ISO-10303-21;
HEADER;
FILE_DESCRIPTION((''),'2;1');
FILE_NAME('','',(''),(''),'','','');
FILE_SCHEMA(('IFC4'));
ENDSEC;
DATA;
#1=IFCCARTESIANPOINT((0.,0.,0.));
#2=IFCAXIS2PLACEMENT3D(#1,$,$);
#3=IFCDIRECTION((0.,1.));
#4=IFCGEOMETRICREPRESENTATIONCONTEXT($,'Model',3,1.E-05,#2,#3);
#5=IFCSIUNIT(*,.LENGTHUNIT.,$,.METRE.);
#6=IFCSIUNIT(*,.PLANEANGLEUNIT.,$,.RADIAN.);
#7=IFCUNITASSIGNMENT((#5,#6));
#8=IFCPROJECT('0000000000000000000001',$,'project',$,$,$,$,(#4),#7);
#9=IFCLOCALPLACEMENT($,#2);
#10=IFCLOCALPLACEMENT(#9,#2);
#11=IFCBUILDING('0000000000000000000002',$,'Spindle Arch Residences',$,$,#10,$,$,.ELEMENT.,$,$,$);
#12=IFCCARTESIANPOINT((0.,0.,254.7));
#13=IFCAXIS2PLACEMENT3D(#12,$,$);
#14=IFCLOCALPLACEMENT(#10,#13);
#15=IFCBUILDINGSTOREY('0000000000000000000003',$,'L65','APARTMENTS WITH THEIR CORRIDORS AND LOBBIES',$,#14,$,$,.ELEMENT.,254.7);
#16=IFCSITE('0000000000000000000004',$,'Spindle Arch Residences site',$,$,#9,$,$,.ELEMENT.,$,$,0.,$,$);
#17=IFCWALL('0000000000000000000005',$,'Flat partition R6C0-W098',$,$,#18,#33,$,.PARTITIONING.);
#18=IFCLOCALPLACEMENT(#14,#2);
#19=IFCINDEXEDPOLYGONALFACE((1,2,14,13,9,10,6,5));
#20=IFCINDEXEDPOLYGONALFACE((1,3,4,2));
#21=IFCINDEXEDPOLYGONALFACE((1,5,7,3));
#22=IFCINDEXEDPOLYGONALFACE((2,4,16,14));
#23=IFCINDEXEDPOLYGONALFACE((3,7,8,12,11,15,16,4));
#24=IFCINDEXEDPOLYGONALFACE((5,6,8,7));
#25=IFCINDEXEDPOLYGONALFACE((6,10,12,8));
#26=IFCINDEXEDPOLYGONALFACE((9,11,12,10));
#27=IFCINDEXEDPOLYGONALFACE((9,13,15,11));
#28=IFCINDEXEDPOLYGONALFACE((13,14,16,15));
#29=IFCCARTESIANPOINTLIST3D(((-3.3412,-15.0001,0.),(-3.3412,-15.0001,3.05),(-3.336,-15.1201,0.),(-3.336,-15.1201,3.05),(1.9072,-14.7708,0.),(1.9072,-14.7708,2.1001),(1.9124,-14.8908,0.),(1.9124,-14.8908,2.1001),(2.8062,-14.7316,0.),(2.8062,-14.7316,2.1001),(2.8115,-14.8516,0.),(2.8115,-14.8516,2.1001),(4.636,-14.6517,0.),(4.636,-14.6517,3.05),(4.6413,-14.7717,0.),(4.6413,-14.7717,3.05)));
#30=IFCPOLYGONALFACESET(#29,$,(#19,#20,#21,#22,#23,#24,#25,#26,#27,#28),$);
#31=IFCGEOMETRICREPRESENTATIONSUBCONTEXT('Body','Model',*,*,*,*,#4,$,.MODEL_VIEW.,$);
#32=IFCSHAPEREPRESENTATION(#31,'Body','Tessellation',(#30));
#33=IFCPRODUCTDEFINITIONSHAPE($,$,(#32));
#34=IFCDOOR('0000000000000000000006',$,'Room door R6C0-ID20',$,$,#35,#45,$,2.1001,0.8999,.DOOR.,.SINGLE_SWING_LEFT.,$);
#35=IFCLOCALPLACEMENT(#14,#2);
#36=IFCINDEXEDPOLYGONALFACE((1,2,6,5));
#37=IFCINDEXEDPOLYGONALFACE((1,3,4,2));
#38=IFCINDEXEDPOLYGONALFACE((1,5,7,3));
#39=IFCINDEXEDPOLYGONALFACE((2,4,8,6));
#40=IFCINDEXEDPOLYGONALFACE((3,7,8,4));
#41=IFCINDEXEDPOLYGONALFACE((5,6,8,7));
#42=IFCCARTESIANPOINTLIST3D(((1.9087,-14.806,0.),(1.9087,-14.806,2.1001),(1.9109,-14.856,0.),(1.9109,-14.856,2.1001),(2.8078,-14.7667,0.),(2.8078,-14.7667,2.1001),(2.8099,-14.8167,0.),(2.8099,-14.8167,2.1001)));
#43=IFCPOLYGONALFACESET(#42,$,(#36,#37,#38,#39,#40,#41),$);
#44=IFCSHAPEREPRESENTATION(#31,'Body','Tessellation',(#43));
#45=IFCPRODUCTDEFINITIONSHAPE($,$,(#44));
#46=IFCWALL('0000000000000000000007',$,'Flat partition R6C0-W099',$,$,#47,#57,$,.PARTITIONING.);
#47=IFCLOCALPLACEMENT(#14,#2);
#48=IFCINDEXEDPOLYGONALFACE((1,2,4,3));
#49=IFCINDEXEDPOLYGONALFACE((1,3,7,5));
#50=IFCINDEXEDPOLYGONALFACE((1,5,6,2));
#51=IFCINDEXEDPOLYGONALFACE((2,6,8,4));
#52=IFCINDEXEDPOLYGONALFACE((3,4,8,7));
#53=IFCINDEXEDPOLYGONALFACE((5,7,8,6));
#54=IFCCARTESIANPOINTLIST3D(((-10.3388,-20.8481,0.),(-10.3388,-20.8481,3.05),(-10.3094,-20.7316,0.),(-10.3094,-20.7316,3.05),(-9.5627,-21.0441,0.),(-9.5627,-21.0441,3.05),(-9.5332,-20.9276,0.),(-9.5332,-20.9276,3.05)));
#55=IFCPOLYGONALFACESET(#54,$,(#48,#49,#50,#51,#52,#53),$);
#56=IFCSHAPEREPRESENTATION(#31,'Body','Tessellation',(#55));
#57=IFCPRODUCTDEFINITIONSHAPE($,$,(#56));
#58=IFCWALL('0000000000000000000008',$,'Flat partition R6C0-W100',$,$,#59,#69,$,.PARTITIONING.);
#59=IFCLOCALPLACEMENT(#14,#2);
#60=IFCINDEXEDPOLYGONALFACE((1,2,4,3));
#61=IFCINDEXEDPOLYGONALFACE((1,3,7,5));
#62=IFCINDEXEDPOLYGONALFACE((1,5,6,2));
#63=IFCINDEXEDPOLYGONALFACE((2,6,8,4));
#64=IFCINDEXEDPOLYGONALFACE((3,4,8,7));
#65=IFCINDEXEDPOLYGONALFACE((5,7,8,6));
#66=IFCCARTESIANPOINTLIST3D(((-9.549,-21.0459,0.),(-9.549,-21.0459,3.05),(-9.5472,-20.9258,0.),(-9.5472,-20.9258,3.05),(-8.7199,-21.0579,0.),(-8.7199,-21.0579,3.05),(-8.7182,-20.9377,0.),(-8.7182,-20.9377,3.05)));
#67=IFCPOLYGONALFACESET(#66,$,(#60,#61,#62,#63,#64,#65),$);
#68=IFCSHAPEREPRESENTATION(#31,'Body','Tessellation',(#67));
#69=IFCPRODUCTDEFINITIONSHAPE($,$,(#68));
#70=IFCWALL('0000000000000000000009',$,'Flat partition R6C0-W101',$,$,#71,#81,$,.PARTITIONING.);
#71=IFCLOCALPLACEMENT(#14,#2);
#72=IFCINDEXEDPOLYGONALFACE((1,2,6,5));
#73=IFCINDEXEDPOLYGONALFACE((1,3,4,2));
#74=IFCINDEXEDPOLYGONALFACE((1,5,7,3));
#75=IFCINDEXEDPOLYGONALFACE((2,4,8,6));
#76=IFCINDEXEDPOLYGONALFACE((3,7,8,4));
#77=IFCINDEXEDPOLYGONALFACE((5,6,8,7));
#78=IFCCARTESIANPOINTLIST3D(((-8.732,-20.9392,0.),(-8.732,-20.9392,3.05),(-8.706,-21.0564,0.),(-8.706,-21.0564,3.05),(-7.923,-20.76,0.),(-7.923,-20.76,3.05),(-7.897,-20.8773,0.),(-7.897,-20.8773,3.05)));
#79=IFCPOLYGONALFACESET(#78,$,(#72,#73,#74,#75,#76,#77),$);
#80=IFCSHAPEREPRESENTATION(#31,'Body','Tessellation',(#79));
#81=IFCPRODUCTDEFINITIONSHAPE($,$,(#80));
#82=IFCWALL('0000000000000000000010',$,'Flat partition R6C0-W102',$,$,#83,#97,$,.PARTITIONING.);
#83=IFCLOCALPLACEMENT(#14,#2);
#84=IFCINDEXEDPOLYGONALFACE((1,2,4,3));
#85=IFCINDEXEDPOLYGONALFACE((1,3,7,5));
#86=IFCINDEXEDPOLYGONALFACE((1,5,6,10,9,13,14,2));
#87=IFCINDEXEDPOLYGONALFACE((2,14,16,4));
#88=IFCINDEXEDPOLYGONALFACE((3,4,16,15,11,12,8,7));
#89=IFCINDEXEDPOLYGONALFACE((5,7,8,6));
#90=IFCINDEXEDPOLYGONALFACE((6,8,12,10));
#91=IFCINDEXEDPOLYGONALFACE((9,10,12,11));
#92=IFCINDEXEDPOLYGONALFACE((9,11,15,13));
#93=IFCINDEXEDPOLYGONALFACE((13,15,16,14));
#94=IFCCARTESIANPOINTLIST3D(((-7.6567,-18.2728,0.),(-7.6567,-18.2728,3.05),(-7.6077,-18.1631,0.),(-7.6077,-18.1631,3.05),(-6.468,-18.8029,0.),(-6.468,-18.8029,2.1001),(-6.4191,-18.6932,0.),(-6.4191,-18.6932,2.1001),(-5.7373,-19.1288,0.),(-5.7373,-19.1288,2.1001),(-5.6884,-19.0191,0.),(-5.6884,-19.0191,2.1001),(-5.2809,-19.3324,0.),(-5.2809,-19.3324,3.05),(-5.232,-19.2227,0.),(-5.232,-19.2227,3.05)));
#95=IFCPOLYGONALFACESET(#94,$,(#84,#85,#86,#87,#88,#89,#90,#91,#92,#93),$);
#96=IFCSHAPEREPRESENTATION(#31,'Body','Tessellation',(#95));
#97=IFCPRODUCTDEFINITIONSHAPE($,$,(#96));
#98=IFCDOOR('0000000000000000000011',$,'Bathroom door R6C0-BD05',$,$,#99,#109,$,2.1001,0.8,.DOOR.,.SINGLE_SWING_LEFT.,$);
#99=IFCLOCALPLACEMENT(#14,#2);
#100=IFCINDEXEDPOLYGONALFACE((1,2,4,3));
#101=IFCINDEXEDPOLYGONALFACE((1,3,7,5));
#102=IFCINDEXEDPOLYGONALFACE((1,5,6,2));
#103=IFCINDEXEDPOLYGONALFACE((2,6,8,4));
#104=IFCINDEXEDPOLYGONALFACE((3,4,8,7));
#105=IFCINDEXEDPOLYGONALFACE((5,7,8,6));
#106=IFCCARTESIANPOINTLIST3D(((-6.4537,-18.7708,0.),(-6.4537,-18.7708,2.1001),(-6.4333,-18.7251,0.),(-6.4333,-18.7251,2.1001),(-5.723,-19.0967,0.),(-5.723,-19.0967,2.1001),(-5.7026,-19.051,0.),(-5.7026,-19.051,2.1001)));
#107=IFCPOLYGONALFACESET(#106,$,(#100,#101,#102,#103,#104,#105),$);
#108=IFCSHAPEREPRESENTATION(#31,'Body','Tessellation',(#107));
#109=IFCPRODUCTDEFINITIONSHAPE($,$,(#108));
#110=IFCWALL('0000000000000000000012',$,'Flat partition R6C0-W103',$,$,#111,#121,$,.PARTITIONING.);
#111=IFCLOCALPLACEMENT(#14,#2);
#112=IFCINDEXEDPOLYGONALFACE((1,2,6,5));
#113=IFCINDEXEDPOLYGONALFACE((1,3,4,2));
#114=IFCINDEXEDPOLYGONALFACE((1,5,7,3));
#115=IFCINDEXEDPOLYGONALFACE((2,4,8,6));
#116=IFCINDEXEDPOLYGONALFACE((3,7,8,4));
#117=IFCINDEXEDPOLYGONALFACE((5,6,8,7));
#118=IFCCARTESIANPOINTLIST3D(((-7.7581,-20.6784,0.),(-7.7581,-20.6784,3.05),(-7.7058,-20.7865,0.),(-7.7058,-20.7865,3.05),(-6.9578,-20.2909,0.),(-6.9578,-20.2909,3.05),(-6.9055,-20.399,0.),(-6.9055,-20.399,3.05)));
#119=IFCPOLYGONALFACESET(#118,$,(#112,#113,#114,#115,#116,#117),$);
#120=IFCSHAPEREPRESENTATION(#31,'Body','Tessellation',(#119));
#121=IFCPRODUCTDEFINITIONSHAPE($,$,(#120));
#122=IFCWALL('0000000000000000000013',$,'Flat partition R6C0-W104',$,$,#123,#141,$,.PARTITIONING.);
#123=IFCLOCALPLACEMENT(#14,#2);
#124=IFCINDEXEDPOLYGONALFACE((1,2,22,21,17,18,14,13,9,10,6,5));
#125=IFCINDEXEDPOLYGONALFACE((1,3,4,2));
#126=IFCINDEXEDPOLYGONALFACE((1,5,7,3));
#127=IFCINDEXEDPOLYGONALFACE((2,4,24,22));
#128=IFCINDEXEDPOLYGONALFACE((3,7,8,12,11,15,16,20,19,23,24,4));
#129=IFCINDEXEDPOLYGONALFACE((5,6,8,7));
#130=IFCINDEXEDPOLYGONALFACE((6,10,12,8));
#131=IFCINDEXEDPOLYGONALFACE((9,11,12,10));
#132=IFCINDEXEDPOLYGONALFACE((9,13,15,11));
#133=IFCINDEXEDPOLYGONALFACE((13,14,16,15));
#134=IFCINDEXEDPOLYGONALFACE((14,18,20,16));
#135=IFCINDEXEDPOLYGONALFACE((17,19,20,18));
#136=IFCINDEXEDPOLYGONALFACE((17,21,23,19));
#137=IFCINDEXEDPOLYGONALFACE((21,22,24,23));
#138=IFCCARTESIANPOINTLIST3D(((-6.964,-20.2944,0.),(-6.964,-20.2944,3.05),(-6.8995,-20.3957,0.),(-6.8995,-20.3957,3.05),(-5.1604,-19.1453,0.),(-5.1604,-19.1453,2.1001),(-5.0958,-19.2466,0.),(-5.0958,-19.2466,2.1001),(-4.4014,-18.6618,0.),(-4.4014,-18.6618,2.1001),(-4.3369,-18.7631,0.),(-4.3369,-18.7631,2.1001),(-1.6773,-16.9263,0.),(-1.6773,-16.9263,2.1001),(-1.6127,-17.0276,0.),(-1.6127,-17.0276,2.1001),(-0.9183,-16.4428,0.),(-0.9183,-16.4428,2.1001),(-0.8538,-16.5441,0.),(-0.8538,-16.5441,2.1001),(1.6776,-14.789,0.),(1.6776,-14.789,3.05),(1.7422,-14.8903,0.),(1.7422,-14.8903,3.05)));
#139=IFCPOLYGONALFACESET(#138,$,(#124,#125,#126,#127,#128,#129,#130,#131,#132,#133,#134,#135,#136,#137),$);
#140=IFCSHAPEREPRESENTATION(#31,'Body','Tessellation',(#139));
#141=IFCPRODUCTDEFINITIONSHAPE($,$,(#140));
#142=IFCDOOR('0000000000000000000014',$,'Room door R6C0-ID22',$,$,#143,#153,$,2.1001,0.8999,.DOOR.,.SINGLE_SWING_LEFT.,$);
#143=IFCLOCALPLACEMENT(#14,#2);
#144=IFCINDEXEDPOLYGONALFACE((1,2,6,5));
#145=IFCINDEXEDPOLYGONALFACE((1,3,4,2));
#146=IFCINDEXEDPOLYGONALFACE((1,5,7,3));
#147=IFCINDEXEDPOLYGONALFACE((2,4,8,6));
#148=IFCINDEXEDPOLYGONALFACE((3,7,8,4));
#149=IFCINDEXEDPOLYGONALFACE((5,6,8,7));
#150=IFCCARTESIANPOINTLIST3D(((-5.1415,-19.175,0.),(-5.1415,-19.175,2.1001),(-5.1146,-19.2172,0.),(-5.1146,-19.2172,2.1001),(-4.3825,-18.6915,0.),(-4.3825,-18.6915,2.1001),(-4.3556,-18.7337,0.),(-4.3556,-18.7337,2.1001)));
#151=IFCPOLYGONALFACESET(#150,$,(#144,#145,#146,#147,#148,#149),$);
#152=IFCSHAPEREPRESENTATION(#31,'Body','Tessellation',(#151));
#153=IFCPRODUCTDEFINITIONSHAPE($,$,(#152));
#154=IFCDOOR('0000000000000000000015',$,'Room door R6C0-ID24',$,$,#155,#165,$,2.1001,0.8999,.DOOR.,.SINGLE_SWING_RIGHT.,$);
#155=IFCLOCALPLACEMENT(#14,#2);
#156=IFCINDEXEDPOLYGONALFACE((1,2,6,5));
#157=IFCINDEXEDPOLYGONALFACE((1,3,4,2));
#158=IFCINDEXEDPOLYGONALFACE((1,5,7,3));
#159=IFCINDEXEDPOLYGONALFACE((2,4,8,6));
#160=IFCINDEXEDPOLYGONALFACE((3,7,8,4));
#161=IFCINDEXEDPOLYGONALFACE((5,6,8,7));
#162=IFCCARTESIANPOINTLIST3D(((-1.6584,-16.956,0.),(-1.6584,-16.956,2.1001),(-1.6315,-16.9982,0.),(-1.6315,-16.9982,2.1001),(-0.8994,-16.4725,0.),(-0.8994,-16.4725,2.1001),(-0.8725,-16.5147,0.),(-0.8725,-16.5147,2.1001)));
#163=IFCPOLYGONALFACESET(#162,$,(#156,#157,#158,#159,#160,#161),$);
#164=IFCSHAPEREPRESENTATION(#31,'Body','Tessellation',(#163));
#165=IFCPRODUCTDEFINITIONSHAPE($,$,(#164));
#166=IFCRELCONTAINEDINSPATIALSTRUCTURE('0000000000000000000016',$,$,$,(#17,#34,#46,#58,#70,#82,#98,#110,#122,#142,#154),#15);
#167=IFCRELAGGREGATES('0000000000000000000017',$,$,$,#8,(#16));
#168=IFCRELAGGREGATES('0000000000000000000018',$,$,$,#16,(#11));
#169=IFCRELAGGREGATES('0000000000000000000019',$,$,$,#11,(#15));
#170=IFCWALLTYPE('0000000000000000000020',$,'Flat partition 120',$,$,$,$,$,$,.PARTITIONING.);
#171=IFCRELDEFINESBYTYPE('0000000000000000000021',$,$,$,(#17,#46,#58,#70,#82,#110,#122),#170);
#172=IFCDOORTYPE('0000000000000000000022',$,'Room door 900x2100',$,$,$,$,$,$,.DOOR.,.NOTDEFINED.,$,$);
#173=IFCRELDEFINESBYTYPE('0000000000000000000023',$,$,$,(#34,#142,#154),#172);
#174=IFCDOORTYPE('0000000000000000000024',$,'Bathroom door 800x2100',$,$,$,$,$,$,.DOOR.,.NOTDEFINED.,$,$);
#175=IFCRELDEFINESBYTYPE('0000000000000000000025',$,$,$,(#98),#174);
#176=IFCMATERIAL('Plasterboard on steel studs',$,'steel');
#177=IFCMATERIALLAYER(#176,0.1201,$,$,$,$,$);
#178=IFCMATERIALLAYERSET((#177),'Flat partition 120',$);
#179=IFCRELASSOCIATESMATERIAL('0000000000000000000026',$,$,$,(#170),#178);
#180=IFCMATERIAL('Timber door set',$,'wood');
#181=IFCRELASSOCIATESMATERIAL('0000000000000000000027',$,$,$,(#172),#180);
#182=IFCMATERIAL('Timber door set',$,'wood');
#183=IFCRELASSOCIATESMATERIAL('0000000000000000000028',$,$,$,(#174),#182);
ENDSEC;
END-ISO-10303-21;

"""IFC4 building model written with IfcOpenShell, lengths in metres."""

from ifc_helpers import new_model, si_unit, direction, frame, frame_2d, origin, place, context, subcontext, project, spatial, rectangle, extrude, material, layer, layer_set, type_object, element, fill, save


model = new_model("IFC4")

# Units and contexts
model_context = context("Model", 3, precision=1e-05, world=origin(), true_north=direction((0.0, 1.0)))
body_context = subcontext(model_context, "Body", "Model", "MODEL_VIEW")
ifc_project = project(units=[si_unit("LENGTHUNIT", "METRE"), si_unit("PLANEANGLEUNIT", "RADIAN")], contexts=[model_context])

# Site, building, storey
site_placement = place(None, origin())
site = spatial("IfcSite", under=ifc_project, at=site_placement, Name="Spindle Arch Residences site", CompositionType="ELEMENT", RefElevation=0.0)
building_placement = place(site_placement, origin())
building = spatial("IfcBuilding", under=site, at=building_placement, Name="Spindle Arch Residences", CompositionType="ELEMENT")
storey_placement = place(building_placement, frame((0.0, 0.0, 254.7)))
storey = spatial("IfcBuildingStorey", under=building, at=storey_placement, Name="L65", Description="APARTMENTS WITH THEIR CORRIDORS AND LOBBIES", CompositionType="ELEMENT", Elevation=254.7)

# Wall, opening, door
ifc_material_1 = material(Name="Plasterboard on steel studs", Category="steel")
ifc_layer_1 = layer(ifc_material_1, 0.1201)
ifc_layer_set_1 = layer_set([ifc_layer_1], Name="Flat partition 120")
wall_type_1 = type_object("IfcWallType", Name="Flat partition 120", PredefinedType="PARTITIONING", material=ifc_layer_set_1)
wall_1_placement = place(storey_placement, frame((-3.3386, -15.0601, 0.0), z_axis=(0.0, 0.0, 1.0), x_axis=(0.999048, 0.043631, 0.0)))
wall_1 = element("IfcWall", 1, at=wall_1_placement, inside=storey, type_object=wall_type_1, Name="Flat partition R6C0-W098", PredefinedType="PARTITIONING", context=body_context, shape_type="SweptSolid", body=[
    extrude(rectangle(XDim=7.9849, YDim=0.1201, at=frame_2d((3.9924, 0.0))), origin(), (0.0, 0.0, 1.0), 3.05),
])
opening_1_placement = place(wall_1_placement, frame((5.2534, 0.0, 0.0)))
opening_1 = element("IfcOpeningElement", 2, at=opening_1_placement, cuts=wall_1, PredefinedType="OPENING", context=body_context, shape_type="SweptSolid", body=[
    extrude(rectangle(XDim=0.8999, YDim=2.1001, at=frame_2d((0.45, 1.05))), frame((0.0, 0.0701, 0.0), z_axis=(0.0, -1.0, 0.0), x_axis=(1.0, 0.0, 0.0)), (0.0, 0.0, 1.0), 0.1401),
])
ifc_material_2 = material(Name="Timber door set", Category="wood")
door_type_1 = type_object("IfcDoorType", Name="Room door 900x2100", OperationType="NOTDEFINED", PredefinedType="DOOR", material=ifc_material_2)
door_1_placement = place(opening_1_placement, origin())
door_1 = element("IfcDoor", 3, at=door_1_placement, inside=storey, type_object=door_type_1, Name="Room door R6C0-ID20", OperationType="SINGLE_SWING_LEFT", OverallHeight=2.1001, OverallWidth=0.8999, PredefinedType="DOOR", context=body_context, shape_type="SweptSolid", body=[
    extrude(rectangle(XDim=0.8999, YDim=2.1001, at=frame_2d((0.45, 1.05))), frame((0.0, 0.0249, 0.0), z_axis=(0.0, -1.0, 0.0), x_axis=(1.0, 0.0, 0.0)), (0.0, 0.0, 1.0), 0.05),
])
fill(opening_1, door_1)

# Walls
wall_2_placement = place(storey_placement, frame((-10.3242, -20.7898, 0.0), z_axis=(0.0, 0.0, 1.0), x_axis=(0.969548, -0.244903, 0.0)))
element("IfcWall", 4, at=wall_2_placement, inside=storey, type_object=wall_type_1, Name="Flat partition R6C0-W099", PredefinedType="PARTITIONING", context=body_context, shape_type="SweptSolid", body=[
    extrude(rectangle(XDim=0.8005, YDim=0.1201, at=frame_2d((0.4004, 0.0))), origin(), (0.0, 0.0, 1.0), 3.05),
])
wall_3_placement = place(storey_placement, frame((-9.5481, -20.9858, 0.0), z_axis=(0.0, 0.0, 1.0), x_axis=(0.999896, -0.014427, 0.0)))
element("IfcWall", 5, at=wall_3_placement, inside=storey, type_object=wall_type_1, Name="Flat partition R6C0-W100", PredefinedType="PARTITIONING", context=body_context, shape_type="SweptSolid", body=[
    extrude(rectangle(XDim=0.8291, YDim=0.1201, at=frame_2d((0.4146, 0.0))), origin(), (0.0, 0.0, 1.0), 3.05),
])
wall_4_placement = place(storey_placement, frame((-8.719, -20.9978, 0.0), z_axis=(0.0, 0.0, 1.0), x_axis=(0.976339, 0.216244, 0.0)))
element("IfcWall", 6, at=wall_4_placement, inside=storey, type_object=wall_type_1, Name="Flat partition R6C0-W101", PredefinedType="PARTITIONING", context=body_context, shape_type="SweptSolid", body=[
    extrude(rectangle(XDim=0.8286, YDim=0.1201, at=frame_2d((0.4143, 0.0))), origin(), (0.0, 0.0, 1.0), 3.05),
])

# Wall, opening, door
wall_5_placement = place(storey_placement, frame((-5.2563, -19.2776, 0.0), z_axis=(0.0, 0.0, 1.0), x_axis=(-0.913284, 0.407322, 0.0)))
wall_5 = element("IfcWall", 7, at=wall_5_placement, inside=storey, type_object=wall_type_1, Name="Flat partition R6C0-W102", PredefinedType="PARTITIONING", context=body_context, shape_type="SweptSolid", body=[
    extrude(rectangle(XDim=2.6013, YDim=0.1201, at=frame_2d((1.3008, 0.0))), origin(), (0.0, 0.0, 1.0), 3.05),
])
opening_2_placement = place(wall_5_placement, frame((0.5, 0.0, 0.0)))
opening_2 = element("IfcOpeningElement", 8, at=opening_2_placement, cuts=wall_5, PredefinedType="OPENING", context=body_context, shape_type="SweptSolid", body=[
    extrude(rectangle(XDim=0.8, YDim=2.1001, at=frame_2d((0.3999, 1.05))), frame((0.0, 0.0701, 0.0), z_axis=(0.0, -1.0, 0.0), x_axis=(1.0, 0.0, 0.0)), (0.0, 0.0, 1.0), 0.1401),
])
ifc_material_3 = material(Name="Timber door set", Category="wood")
door_type_2 = type_object("IfcDoorType", Name="Bathroom door 800x2100", OperationType="NOTDEFINED", PredefinedType="DOOR", material=ifc_material_3)
door_2_placement = place(opening_2_placement, origin())
door_2 = element("IfcDoor", 9, at=door_2_placement, inside=storey, type_object=door_type_2, Name="Bathroom door R6C0-BD05", OperationType="SINGLE_SWING_LEFT", OverallHeight=2.1001, OverallWidth=0.8, PredefinedType="DOOR", context=body_context, shape_type="SweptSolid", body=[
    extrude(rectangle(XDim=0.8, YDim=2.1001, at=frame_2d((0.3999, 1.05))), frame((0.0, 0.0249, 0.0), z_axis=(0.0, -1.0, 0.0), x_axis=(1.0, 0.0, 0.0)), (0.0, 0.0, 1.0), 0.05),
])
fill(opening_2, door_2)

# Wall
wall_6_placement = place(storey_placement, frame((-7.7319, -20.7324, 0.0), z_axis=(0.0, 0.0, 1.0), x_axis=(0.900065, 0.435755, 0.0)))
element("IfcWall", 10, at=wall_6_placement, inside=storey, type_object=wall_type_1, Name="Flat partition R6C0-W103", PredefinedType="PARTITIONING", context=body_context, shape_type="SweptSolid", body=[
    extrude(rectangle(XDim=0.8892, YDim=0.1201, at=frame_2d((0.4446, 0.0))), origin(), (0.0, 0.0, 1.0), 3.05),
])

# Wall, openings, doors
wall_7_placement = place(storey_placement, frame((-6.9316, -20.345, 0.0), z_axis=(0.0, 0.0, 1.0), x_axis=(0.843389, 0.537304, 0.0)))
wall_7 = element("IfcWall", 11, at=wall_7_placement, inside=storey, type_object=wall_type_1, Name="Flat partition R6C0-W104", PredefinedType="PARTITIONING", context=body_context, shape_type="SweptSolid", body=[
    extrude(rectangle(XDim=10.2463, YDim=0.1201, at=frame_2d((5.123, 0.0))), origin(), (0.0, 0.0, 1.0), 3.05),
])
opening_3_placement = place(wall_7_placement, frame((2.1384, 0.0, 0.0)))
opening_3 = element("IfcOpeningElement", 12, at=opening_3_placement, cuts=wall_7, PredefinedType="OPENING", context=body_context, shape_type="SweptSolid", body=[
    extrude(rectangle(XDim=0.8999, YDim=2.1001, at=frame_2d((0.45, 1.05))), frame((0.0, 0.0701, 0.0), z_axis=(0.0, -1.0, 0.0), x_axis=(1.0, 0.0, 0.0)), (0.0, 0.0, 1.0), 0.1401),
])
opening_4_placement = place(wall_7_placement, frame((6.2683, 0.0, 0.0)))
opening_4 = element("IfcOpeningElement", 13, at=opening_4_placement, cuts=wall_7, PredefinedType="OPENING", context=body_context, shape_type="SweptSolid", body=[
    extrude(rectangle(XDim=0.8999, YDim=2.1001, at=frame_2d((0.45, 1.05))), frame((0.0, 0.0701, 0.0), z_axis=(0.0, -1.0, 0.0), x_axis=(1.0, 0.0, 0.0)), (0.0, 0.0, 1.0), 0.1401),
])
door_3_placement = place(opening_3_placement, origin())
door_3 = element("IfcDoor", 14, at=door_3_placement, inside=storey, type_object=door_type_1, Name="Room door R6C0-ID22", OperationType="SINGLE_SWING_LEFT", OverallHeight=2.1001, OverallWidth=0.8999, PredefinedType="DOOR", context=body_context, shape_type="SweptSolid", body=[
    extrude(rectangle(XDim=0.8999, YDim=2.1001, at=frame_2d((0.45, 1.05))), frame((0.0, 0.0249, 0.0), z_axis=(0.0, -1.0, 0.0), x_axis=(1.0, 0.0, 0.0)), (0.0, 0.0, 1.0), 0.05),
])
fill(opening_3, door_3)
door_4_placement = place(opening_4_placement, origin())
door_4 = element("IfcDoor", 15, at=door_4_placement, inside=storey, type_object=door_type_1, Name="Room door R6C0-ID24", OperationType="SINGLE_SWING_RIGHT", OverallHeight=2.1001, OverallWidth=0.8999, PredefinedType="DOOR", context=body_context, shape_type="SweptSolid", body=[
    extrude(rectangle(XDim=0.8999, YDim=2.1001, at=frame_2d((0.45, 1.05))), frame((0.0, 0.0249, 0.0), z_axis=(0.0, -1.0, 0.0), x_axis=(1.0, 0.0, 0.0)), (0.0, 0.0, 1.0), 0.05),
])
fill(opening_4, door_4)

save(model, "model.ifc")
